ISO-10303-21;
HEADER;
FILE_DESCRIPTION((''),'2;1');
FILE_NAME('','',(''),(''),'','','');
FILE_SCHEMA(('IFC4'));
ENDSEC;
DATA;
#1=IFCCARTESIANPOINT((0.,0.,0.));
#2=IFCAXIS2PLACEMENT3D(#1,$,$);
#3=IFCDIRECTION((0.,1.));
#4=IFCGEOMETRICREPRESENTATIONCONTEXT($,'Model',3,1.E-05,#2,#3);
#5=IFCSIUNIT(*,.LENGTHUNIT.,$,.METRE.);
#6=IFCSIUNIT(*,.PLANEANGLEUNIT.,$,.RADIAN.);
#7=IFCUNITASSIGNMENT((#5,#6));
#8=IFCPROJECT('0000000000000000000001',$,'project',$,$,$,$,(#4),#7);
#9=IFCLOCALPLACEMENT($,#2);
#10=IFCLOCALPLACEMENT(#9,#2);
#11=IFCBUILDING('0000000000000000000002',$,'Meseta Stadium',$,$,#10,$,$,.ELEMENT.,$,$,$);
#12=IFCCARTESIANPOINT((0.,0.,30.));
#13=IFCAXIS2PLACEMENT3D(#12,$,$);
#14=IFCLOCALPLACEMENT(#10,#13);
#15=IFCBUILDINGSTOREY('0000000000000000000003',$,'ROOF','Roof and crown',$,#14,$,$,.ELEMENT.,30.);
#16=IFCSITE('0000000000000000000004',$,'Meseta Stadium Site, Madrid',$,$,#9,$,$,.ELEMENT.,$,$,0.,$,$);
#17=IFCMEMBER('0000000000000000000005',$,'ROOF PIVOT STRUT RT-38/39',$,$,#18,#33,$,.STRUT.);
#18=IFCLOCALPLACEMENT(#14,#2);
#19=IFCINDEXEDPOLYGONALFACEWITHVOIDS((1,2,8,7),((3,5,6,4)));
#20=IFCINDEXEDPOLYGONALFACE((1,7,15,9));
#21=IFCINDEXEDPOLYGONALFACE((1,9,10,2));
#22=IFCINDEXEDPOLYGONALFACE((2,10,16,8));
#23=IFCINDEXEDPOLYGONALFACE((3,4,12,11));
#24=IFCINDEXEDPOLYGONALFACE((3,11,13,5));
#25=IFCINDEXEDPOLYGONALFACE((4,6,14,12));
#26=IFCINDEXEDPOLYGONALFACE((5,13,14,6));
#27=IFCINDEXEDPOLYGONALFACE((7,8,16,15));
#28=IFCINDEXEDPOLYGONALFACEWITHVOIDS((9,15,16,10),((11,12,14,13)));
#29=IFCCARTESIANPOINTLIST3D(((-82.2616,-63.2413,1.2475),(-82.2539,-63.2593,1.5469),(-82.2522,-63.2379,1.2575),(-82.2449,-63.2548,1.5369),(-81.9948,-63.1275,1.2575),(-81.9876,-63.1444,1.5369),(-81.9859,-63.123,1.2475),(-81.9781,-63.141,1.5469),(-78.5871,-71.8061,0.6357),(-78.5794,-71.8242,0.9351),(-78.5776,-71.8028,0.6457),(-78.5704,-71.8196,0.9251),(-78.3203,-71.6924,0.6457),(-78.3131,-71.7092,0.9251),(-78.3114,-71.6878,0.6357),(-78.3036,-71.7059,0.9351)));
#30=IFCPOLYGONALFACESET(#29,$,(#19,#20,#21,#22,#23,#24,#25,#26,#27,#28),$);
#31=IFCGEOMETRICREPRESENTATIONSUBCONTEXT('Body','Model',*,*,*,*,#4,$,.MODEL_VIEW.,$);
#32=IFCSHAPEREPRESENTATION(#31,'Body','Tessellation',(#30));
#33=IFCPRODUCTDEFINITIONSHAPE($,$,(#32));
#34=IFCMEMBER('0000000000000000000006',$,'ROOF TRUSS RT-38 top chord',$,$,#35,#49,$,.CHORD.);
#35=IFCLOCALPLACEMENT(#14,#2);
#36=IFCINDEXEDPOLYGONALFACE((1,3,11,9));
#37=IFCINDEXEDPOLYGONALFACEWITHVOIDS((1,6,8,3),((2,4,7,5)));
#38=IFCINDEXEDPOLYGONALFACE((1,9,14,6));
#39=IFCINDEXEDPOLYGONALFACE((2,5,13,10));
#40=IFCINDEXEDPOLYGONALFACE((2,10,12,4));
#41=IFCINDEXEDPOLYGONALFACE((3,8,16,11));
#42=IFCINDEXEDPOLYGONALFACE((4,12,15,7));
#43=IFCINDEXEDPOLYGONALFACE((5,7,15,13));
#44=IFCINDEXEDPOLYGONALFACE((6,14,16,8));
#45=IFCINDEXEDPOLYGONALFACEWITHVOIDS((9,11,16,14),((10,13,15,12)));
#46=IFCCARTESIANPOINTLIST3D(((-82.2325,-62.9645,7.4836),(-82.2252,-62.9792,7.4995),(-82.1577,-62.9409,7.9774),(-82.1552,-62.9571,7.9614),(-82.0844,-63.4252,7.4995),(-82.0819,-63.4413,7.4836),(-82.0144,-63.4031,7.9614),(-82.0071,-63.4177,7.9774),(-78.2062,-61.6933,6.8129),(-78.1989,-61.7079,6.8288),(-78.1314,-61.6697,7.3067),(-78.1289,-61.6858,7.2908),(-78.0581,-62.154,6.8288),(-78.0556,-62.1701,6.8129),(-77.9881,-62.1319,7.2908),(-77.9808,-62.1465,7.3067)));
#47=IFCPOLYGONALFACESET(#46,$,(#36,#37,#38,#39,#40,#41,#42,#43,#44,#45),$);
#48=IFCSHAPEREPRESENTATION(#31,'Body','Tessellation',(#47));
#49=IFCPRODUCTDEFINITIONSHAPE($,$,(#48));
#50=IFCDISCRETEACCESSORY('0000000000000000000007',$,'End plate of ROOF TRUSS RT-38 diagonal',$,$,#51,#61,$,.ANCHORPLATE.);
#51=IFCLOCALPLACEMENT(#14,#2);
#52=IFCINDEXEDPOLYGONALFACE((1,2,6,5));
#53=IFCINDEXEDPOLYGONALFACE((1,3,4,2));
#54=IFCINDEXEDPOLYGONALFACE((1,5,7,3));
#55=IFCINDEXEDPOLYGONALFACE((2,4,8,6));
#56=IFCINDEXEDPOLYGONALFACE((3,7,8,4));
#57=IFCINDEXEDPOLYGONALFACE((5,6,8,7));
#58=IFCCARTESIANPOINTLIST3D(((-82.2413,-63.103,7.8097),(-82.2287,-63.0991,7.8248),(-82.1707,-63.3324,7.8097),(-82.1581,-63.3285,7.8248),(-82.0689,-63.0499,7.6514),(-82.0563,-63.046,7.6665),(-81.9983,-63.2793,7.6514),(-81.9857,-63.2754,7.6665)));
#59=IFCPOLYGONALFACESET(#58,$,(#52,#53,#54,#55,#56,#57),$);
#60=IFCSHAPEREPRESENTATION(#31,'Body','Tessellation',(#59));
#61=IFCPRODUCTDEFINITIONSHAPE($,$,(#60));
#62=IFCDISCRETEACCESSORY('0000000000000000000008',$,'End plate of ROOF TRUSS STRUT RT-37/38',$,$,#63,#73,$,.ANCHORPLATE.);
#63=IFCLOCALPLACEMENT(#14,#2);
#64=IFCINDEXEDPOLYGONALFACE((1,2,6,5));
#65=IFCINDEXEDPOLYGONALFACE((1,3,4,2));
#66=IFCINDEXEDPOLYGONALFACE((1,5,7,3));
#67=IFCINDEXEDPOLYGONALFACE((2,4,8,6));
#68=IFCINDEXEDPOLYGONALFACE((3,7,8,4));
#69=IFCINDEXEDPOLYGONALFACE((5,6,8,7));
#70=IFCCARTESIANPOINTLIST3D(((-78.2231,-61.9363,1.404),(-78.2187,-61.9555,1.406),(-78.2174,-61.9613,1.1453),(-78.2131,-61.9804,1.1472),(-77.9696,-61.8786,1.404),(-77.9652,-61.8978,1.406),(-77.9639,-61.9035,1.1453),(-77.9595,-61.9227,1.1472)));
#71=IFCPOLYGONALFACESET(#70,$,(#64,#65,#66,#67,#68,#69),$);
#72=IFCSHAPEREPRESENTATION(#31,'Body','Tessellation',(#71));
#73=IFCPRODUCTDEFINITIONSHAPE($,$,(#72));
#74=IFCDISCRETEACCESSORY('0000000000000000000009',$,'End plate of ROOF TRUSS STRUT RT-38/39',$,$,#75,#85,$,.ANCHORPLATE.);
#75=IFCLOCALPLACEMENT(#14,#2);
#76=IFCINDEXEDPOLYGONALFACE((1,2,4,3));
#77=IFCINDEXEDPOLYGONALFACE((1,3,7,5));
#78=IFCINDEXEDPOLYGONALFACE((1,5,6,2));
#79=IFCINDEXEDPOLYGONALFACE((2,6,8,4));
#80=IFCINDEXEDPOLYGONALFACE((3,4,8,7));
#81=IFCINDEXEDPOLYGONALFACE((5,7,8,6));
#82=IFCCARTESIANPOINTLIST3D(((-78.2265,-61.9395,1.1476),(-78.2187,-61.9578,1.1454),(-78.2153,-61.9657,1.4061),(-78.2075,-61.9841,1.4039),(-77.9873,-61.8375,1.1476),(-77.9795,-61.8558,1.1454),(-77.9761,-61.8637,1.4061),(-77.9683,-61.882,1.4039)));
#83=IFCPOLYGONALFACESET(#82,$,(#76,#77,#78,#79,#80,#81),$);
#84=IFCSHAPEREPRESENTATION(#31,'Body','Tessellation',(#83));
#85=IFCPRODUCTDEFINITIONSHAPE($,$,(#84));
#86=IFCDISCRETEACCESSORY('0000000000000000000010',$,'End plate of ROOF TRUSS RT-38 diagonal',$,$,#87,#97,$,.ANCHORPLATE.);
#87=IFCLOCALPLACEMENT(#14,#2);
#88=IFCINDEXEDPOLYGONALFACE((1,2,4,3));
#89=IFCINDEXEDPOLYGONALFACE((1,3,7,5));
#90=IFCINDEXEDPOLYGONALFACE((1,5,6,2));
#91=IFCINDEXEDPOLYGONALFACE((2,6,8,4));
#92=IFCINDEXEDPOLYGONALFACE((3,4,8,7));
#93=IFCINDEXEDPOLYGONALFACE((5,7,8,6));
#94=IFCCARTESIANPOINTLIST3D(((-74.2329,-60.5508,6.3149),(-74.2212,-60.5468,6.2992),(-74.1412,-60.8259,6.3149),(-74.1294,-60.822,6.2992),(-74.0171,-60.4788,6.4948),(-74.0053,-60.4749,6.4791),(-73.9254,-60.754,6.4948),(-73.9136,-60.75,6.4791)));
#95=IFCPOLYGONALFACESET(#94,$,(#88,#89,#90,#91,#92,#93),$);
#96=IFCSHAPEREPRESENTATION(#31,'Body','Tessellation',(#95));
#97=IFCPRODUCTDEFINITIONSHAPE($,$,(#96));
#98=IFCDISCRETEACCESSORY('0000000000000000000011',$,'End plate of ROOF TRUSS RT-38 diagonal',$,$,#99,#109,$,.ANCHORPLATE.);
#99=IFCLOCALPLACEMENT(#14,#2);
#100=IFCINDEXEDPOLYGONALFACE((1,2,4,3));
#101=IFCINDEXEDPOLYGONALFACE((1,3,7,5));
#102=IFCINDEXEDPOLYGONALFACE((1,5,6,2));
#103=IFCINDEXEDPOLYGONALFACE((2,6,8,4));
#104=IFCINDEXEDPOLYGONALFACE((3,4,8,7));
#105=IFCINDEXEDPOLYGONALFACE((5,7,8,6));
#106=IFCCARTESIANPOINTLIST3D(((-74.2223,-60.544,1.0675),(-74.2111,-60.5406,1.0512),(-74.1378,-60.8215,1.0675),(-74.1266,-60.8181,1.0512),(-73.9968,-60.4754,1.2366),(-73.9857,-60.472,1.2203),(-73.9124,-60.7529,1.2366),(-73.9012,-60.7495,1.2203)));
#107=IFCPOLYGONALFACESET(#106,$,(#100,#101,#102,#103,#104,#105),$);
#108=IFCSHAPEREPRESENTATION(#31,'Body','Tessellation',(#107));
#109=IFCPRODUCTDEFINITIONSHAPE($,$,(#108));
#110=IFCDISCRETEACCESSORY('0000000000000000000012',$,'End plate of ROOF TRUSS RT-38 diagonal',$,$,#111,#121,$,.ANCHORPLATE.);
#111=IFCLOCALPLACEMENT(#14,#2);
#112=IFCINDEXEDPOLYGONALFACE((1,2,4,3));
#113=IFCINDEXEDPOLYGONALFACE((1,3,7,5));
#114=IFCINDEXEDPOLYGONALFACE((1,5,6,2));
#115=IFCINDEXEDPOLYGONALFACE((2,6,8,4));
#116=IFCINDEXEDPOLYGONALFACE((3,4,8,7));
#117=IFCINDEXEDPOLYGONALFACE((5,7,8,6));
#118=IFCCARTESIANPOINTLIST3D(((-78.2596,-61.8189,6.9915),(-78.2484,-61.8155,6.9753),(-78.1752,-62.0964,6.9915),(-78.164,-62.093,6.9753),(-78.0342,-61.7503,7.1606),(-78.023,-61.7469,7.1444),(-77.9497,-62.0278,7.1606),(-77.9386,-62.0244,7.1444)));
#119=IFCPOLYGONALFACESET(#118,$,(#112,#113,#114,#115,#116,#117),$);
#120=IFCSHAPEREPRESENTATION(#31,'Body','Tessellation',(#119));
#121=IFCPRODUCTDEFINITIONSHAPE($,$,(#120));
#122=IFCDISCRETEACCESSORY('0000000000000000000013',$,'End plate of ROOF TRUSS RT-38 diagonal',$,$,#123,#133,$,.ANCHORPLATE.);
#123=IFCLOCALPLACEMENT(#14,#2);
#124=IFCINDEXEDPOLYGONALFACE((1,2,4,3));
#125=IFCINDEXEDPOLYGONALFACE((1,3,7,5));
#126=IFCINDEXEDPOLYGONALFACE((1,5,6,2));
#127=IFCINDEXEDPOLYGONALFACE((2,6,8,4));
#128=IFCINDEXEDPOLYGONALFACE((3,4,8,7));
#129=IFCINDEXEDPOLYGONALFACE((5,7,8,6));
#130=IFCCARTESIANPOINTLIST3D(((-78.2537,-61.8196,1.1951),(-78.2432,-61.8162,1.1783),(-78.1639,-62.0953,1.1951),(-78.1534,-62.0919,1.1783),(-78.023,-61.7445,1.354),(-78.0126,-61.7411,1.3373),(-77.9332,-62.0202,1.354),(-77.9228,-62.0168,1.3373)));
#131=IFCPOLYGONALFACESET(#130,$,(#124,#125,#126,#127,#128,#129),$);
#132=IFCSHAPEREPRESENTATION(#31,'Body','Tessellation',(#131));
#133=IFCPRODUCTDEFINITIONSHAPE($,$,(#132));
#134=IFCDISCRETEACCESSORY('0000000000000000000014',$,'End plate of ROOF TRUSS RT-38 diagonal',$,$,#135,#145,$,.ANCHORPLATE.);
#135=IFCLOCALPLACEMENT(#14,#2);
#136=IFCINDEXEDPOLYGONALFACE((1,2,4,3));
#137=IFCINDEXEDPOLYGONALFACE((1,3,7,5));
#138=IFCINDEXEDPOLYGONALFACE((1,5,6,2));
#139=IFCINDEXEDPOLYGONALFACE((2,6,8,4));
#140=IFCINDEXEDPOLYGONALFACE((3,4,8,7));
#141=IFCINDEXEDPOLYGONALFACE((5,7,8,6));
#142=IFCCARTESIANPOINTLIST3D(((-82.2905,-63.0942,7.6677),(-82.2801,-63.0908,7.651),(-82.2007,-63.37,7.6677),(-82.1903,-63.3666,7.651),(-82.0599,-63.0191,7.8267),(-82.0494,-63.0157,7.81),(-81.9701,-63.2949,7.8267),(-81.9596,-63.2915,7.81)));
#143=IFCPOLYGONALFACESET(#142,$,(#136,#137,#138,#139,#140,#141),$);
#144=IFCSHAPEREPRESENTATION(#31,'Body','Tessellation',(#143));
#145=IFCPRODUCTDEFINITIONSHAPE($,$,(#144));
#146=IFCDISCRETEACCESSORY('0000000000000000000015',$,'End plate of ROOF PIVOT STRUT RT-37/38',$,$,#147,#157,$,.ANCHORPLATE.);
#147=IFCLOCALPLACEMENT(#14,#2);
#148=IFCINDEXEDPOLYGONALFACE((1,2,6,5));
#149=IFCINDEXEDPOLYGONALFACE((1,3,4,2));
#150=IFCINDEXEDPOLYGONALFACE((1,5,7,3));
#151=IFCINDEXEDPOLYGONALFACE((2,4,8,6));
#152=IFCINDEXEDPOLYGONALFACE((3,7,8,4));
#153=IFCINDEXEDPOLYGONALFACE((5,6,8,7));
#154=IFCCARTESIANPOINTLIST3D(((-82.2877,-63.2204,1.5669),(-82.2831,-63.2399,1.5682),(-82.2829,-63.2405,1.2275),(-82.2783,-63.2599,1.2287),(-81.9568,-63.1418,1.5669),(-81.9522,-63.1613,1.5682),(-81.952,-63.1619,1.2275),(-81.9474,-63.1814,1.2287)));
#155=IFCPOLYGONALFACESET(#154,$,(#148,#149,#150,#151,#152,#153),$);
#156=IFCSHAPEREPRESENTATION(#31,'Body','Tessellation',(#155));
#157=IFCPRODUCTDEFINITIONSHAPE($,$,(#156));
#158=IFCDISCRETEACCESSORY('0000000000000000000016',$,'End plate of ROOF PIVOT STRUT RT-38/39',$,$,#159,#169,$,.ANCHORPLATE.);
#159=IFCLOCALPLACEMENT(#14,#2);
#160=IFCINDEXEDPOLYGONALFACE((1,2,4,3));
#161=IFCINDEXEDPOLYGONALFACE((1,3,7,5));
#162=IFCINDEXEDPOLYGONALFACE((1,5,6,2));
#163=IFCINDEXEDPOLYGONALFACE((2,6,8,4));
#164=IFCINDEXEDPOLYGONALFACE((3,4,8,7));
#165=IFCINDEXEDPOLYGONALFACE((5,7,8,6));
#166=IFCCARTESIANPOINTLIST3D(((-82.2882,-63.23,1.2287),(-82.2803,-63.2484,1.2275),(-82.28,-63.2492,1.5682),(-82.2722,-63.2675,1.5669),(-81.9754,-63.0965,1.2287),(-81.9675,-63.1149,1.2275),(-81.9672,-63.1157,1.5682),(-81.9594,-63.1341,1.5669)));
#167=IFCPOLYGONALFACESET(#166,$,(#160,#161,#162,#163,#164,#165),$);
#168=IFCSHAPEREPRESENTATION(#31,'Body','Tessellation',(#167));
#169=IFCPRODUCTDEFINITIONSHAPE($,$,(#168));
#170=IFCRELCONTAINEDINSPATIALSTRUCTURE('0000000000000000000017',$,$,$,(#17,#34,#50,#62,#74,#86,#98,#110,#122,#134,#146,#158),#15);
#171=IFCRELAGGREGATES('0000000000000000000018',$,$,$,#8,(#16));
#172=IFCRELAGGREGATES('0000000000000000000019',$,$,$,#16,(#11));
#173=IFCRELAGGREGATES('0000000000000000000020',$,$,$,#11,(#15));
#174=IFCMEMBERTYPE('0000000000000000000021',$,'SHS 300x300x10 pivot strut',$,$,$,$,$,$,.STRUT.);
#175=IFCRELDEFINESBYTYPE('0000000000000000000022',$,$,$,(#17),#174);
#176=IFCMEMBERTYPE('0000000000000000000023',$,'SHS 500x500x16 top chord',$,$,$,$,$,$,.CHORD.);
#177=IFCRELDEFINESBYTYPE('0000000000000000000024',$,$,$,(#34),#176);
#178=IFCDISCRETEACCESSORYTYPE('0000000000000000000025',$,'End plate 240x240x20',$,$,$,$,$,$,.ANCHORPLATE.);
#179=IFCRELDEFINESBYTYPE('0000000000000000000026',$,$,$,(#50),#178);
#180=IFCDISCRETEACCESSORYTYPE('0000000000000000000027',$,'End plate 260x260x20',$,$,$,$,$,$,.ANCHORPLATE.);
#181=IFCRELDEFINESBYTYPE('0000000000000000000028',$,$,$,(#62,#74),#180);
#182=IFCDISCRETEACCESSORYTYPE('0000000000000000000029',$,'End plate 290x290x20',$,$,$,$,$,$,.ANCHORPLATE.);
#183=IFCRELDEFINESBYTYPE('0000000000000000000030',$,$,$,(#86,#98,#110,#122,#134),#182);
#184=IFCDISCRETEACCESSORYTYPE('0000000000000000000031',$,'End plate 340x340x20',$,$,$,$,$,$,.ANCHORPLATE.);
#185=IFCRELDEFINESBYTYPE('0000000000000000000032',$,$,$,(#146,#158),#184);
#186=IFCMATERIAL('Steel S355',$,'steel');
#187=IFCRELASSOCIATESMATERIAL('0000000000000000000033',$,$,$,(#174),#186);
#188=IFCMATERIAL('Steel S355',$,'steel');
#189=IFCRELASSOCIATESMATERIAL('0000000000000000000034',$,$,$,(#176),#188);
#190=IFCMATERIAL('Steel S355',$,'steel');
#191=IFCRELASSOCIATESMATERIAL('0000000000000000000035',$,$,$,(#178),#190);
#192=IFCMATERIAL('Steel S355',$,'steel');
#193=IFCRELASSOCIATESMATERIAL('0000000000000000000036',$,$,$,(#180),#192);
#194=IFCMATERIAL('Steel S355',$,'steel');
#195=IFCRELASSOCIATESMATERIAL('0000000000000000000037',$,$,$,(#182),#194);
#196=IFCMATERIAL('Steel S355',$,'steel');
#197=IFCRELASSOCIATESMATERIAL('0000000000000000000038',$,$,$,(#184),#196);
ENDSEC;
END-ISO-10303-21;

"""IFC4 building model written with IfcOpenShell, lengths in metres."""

from ifc_helpers import new_model, si_unit, direction, frame, origin, origin_2d, place, context, subcontext, project, spatial, rectangle, hollow_rectangle, extrude, material, material_profile, profile_set, type_object, element, save


model = new_model("IFC4")

# Units and contexts
model_context = context("Model", 3, precision=1e-05, world=origin(), true_north=direction((0.0, 1.0)))
body_context = subcontext(model_context, "Body", "Model", "MODEL_VIEW")
ifc_project = project(units=[si_unit("LENGTHUNIT", "METRE"), si_unit("PLANEANGLEUNIT", "RADIAN")], contexts=[model_context])

# Site, building, storey
site_placement = place(None, origin())
site = spatial("IfcSite", under=ifc_project, at=site_placement, Name="Meseta Stadium Site, Madrid", CompositionType="ELEMENT", RefElevation=0.0)
building_placement = place(site_placement, origin())
building = spatial("IfcBuilding", under=site, at=building_placement, Name="Meseta Stadium", CompositionType="ELEMENT")
storey_placement = place(building_placement, frame((0.0, 0.0, 30.0)))
storey = spatial("IfcBuildingStorey", under=building, at=storey_placement, Name="ROOF", Description="Roof and crown", CompositionType="ELEMENT", Elevation=30.0)

# Members
ifc_material_1 = material(Name="Steel S355", Category="steel")
ifc_material_profile_1 = material_profile(ifc_material_1, hollow_rectangle(XDim=0.3, YDim=0.3, WallThickness=0.01, at=origin_2d()), Name="SHS 300x300x10")
ifc_profile_set_1 = profile_set([ifc_material_profile_1], Name="Steel S355")
member_type_1 = type_object("IfcMemberType", Name="SHS 300x300x10 pivot strut", PredefinedType="STRUT", material=ifc_profile_set_1)
member_1_placement = place(storey_placement, frame((-82.1199, -63.1912, 1.3972), z_axis=(0.393423, -0.917021, -0.065505), x_axis=(0.918995, 0.39427, 0.0)))
element("IfcMember", 1, at=member_1_placement, inside=storey, type_object=member_type_1, Name="ROOF PIVOT STRUT RT-38/39", PredefinedType="STRUT", context=body_context, shape_type="SweptSolid", body=[
    extrude(hollow_rectangle(XDim=0.3, YDim=0.3, WallThickness=0.01, at=origin_2d()), origin(), (0.0, 0.0, 1.0), 9.3398),
])
ifc_material_2 = material(Name="Steel S355", Category="steel")
ifc_material_profile_2 = material_profile(ifc_material_2, hollow_rectangle(XDim=0.5, YDim=0.5, WallThickness=0.0161, at=origin_2d()), Name="SHS 500x500x16")
ifc_profile_set_2 = profile_set([ifc_material_profile_2], Name="Steel S355")
member_type_2 = type_object("IfcMemberType", Name="SHS 500x500x16 top chord", PredefinedType="CHORD", material=ifc_profile_set_2)
member_2_placement = place(storey_placement, frame((-78.0935, -61.9199, 7.0598), z_axis=(-0.941793, -0.297351, 0.15687), x_axis=(0.301079, -0.953599, 0.0)))
element("IfcMember", 2, at=member_2_placement, inside=storey, type_object=member_type_2, Name="ROOF TRUSS RT-38 top chord", PredefinedType="CHORD", context=body_context, shape_type="SweptSolid", body=[
    extrude(hollow_rectangle(XDim=0.5, YDim=0.5, WallThickness=0.0161, at=origin_2d()), origin(), (0.0, 0.0, 1.0), 4.2751),
])

# Discrete accessories
ifc_material_3 = material(Name="Steel S355", Category="steel")
ifc_material_profile_3 = material_profile(ifc_material_3, rectangle(XDim=0.24, YDim=0.24, at=origin_2d()), Name="PL 240x240")
ifc_profile_set_3 = profile_set([ifc_material_profile_3], Name="Steel S355")
discrete_accessory_type_1 = type_object("IfcDiscreteAccessoryType", Name="End plate 240x240x20", PredefinedType="ANCHORPLATE", material=ifc_profile_set_3)
discrete_accessory_1_placement = place(storey_placement, frame((-82.1072, -63.1873, 7.7456), z_axis=(-0.630407, -0.193971, -0.751639), x_axis=(0.294086, -0.955779, 0.0)))
element("IfcDiscreteAccessory", 3, at=discrete_accessory_1_placement, inside=storey, type_object=discrete_accessory_type_1, Name="End plate of ROOF TRUSS RT-38 diagonal", PredefinedType="ANCHORPLATE", context=body_context, shape_type="SweptSolid", body=[
    extrude(rectangle(XDim=0.24, YDim=0.24, at=origin_2d()), origin(), (0.0, 0.0, 1.0), 0.02),
])
ifc_material_4 = material(Name="Steel S355", Category="steel")
ifc_material_profile_4 = material_profile(ifc_material_4, rectangle(XDim=0.26, YDim=0.26, at=origin_2d()), Name="PL 260x260")
ifc_profile_set_4 = profile_set([ifc_material_profile_4], Name="Steel S355")
discrete_accessory_type_2 = type_object("IfcDiscreteAccessoryType", Name="End plate 260x260x20", PredefinedType="ANCHORPLATE", material=ifc_profile_set_4)
discrete_accessory_2_placement = place(storey_placement, frame((-78.0935, -61.9199, 1.2747), z_axis=(0.22108, -0.970293, 0.098258), x_axis=(0.975011, 0.222155, 0.0)))
element("IfcDiscreteAccessory", 4, at=discrete_accessory_2_placement, inside=storey, type_object=discrete_accessory_type_2, Name="End plate of ROOF TRUSS STRUT RT-37/38", PredefinedType="ANCHORPLATE", context=body_context, shape_type="SweptSolid", body=[
    extrude(rectangle(XDim=0.26, YDim=0.26, at=origin_2d()), origin(), (0.0, 0.0, 1.0), 0.0198),
])
discrete_accessory_3_placement = place(storey_placement, frame((-78.1013, -61.9016, 1.2769), z_axis=(0.39007, -0.914226, -0.109707), x_axis=(0.919778, 0.392439, 0.0)))
element("IfcDiscreteAccessory", 5, at=discrete_accessory_3_placement, inside=storey, type_object=discrete_accessory_type_2, Name="End plate of ROOF TRUSS STRUT RT-38/39", PredefinedType="ANCHORPLATE", context=body_context, shape_type="SweptSolid", body=[
    extrude(rectangle(XDim=0.26, YDim=0.26, at=origin_2d()), origin(), (0.0, 0.0, 1.0), 0.02),
])
ifc_material_5 = material(Name="Steel S355", Category="steel")
ifc_material_profile_5 = material_profile(ifc_material_5, rectangle(XDim=0.29, YDim=0.29, at=origin_2d()), Name="PL 290x290")
ifc_profile_set_5 = profile_set([ifc_material_profile_5], Name="Steel S355")
discrete_accessory_type_3 = type_object("IfcDiscreteAccessoryType", Name="End plate 290x290x20", PredefinedType="ANCHORPLATE", material=ifc_profile_set_5)
for number, where, z_axis, x_axis, name in (
    (6, (-74.0674, -60.6484, 6.3892), (-0.588348, -0.196116, 0.784465), (0.316228, -0.948683, 0.0), "End plate of ROOF TRUSS RT-38 diagonal"),
    (7, (-74.0562, -60.645, 1.1357), (-0.557791, -0.169762, 0.812435), (0.291162, -0.956674, 0.0), "End plate of ROOF TRUSS RT-38 diagonal"),
    (8, (-78.0935, -61.9199, 7.0598), (-0.557791, -0.169762, 0.812435), (0.291162, -0.956674, 0.0), "End plate of ROOF TRUSS RT-38 diagonal"),
    (9, (-78.083, -61.9165, 1.2578), (-0.521222, -0.1697, 0.836379), (0.309586, -0.950871, 0.0), "End plate of ROOF TRUSS RT-38 diagonal"),
    (10, (-82.1199, -63.1912, 7.7305), (-0.521222, -0.1697, 0.836379), (0.309586, -0.950871, 0.0), "End plate of ROOF TRUSS RT-38 diagonal"),
):
    element("IfcDiscreteAccessory", number, at=place(storey_placement, frame(where, z_axis=z_axis, x_axis=x_axis)), inside=storey, type_object=discrete_accessory_type_3, Name=name, PredefinedType="ANCHORPLATE", context=body_context, shape_type="SweptSolid", body=[
        extrude(rectangle(XDim=0.29, YDim=0.29, at=origin_2d()), origin(), (0.0, 0.0, 1.0), 0.02),
    ])
ifc_material_6 = material(Name="Steel S355", Category="steel")
ifc_material_profile_6 = material_profile(ifc_material_6, rectangle(XDim=0.3401, YDim=0.3401, at=origin_2d()), Name="PL 340x340")
ifc_profile_set_6 = profile_set([ifc_material_profile_6], Name="Steel S355")
discrete_accessory_type_4 = type_object("IfcDiscreteAccessoryType", Name="End plate 340x340x20", PredefinedType="ANCHORPLATE", material=ifc_profile_set_6)
for number, where, z_axis, x_axis, name in (
    (11, (-82.1199, -63.1912, 1.3972), (0.230646, -0.971143, 0.060696), (0.972937, 0.231072, 0.0), "End plate of ROOF PIVOT STRUT RT-37/38"),
    (12, (-82.1277, -63.1729, 1.3984), (0.391703, -0.918054, -0.061204), (0.919778, 0.392439, 0.0), "End plate of ROOF PIVOT STRUT RT-38/39"),
):
    element("IfcDiscreteAccessory", number, at=place(storey_placement, frame(where, z_axis=z_axis, x_axis=x_axis)), inside=storey, type_object=discrete_accessory_type_4, Name=name, PredefinedType="ANCHORPLATE", context=body_context, shape_type="SweptSolid", body=[
        extrude(rectangle(XDim=0.3401, YDim=0.3401, at=origin_2d()), origin(), (0.0, 0.0, 1.0), 0.02),
    ])

save(model, "model.ifc")
